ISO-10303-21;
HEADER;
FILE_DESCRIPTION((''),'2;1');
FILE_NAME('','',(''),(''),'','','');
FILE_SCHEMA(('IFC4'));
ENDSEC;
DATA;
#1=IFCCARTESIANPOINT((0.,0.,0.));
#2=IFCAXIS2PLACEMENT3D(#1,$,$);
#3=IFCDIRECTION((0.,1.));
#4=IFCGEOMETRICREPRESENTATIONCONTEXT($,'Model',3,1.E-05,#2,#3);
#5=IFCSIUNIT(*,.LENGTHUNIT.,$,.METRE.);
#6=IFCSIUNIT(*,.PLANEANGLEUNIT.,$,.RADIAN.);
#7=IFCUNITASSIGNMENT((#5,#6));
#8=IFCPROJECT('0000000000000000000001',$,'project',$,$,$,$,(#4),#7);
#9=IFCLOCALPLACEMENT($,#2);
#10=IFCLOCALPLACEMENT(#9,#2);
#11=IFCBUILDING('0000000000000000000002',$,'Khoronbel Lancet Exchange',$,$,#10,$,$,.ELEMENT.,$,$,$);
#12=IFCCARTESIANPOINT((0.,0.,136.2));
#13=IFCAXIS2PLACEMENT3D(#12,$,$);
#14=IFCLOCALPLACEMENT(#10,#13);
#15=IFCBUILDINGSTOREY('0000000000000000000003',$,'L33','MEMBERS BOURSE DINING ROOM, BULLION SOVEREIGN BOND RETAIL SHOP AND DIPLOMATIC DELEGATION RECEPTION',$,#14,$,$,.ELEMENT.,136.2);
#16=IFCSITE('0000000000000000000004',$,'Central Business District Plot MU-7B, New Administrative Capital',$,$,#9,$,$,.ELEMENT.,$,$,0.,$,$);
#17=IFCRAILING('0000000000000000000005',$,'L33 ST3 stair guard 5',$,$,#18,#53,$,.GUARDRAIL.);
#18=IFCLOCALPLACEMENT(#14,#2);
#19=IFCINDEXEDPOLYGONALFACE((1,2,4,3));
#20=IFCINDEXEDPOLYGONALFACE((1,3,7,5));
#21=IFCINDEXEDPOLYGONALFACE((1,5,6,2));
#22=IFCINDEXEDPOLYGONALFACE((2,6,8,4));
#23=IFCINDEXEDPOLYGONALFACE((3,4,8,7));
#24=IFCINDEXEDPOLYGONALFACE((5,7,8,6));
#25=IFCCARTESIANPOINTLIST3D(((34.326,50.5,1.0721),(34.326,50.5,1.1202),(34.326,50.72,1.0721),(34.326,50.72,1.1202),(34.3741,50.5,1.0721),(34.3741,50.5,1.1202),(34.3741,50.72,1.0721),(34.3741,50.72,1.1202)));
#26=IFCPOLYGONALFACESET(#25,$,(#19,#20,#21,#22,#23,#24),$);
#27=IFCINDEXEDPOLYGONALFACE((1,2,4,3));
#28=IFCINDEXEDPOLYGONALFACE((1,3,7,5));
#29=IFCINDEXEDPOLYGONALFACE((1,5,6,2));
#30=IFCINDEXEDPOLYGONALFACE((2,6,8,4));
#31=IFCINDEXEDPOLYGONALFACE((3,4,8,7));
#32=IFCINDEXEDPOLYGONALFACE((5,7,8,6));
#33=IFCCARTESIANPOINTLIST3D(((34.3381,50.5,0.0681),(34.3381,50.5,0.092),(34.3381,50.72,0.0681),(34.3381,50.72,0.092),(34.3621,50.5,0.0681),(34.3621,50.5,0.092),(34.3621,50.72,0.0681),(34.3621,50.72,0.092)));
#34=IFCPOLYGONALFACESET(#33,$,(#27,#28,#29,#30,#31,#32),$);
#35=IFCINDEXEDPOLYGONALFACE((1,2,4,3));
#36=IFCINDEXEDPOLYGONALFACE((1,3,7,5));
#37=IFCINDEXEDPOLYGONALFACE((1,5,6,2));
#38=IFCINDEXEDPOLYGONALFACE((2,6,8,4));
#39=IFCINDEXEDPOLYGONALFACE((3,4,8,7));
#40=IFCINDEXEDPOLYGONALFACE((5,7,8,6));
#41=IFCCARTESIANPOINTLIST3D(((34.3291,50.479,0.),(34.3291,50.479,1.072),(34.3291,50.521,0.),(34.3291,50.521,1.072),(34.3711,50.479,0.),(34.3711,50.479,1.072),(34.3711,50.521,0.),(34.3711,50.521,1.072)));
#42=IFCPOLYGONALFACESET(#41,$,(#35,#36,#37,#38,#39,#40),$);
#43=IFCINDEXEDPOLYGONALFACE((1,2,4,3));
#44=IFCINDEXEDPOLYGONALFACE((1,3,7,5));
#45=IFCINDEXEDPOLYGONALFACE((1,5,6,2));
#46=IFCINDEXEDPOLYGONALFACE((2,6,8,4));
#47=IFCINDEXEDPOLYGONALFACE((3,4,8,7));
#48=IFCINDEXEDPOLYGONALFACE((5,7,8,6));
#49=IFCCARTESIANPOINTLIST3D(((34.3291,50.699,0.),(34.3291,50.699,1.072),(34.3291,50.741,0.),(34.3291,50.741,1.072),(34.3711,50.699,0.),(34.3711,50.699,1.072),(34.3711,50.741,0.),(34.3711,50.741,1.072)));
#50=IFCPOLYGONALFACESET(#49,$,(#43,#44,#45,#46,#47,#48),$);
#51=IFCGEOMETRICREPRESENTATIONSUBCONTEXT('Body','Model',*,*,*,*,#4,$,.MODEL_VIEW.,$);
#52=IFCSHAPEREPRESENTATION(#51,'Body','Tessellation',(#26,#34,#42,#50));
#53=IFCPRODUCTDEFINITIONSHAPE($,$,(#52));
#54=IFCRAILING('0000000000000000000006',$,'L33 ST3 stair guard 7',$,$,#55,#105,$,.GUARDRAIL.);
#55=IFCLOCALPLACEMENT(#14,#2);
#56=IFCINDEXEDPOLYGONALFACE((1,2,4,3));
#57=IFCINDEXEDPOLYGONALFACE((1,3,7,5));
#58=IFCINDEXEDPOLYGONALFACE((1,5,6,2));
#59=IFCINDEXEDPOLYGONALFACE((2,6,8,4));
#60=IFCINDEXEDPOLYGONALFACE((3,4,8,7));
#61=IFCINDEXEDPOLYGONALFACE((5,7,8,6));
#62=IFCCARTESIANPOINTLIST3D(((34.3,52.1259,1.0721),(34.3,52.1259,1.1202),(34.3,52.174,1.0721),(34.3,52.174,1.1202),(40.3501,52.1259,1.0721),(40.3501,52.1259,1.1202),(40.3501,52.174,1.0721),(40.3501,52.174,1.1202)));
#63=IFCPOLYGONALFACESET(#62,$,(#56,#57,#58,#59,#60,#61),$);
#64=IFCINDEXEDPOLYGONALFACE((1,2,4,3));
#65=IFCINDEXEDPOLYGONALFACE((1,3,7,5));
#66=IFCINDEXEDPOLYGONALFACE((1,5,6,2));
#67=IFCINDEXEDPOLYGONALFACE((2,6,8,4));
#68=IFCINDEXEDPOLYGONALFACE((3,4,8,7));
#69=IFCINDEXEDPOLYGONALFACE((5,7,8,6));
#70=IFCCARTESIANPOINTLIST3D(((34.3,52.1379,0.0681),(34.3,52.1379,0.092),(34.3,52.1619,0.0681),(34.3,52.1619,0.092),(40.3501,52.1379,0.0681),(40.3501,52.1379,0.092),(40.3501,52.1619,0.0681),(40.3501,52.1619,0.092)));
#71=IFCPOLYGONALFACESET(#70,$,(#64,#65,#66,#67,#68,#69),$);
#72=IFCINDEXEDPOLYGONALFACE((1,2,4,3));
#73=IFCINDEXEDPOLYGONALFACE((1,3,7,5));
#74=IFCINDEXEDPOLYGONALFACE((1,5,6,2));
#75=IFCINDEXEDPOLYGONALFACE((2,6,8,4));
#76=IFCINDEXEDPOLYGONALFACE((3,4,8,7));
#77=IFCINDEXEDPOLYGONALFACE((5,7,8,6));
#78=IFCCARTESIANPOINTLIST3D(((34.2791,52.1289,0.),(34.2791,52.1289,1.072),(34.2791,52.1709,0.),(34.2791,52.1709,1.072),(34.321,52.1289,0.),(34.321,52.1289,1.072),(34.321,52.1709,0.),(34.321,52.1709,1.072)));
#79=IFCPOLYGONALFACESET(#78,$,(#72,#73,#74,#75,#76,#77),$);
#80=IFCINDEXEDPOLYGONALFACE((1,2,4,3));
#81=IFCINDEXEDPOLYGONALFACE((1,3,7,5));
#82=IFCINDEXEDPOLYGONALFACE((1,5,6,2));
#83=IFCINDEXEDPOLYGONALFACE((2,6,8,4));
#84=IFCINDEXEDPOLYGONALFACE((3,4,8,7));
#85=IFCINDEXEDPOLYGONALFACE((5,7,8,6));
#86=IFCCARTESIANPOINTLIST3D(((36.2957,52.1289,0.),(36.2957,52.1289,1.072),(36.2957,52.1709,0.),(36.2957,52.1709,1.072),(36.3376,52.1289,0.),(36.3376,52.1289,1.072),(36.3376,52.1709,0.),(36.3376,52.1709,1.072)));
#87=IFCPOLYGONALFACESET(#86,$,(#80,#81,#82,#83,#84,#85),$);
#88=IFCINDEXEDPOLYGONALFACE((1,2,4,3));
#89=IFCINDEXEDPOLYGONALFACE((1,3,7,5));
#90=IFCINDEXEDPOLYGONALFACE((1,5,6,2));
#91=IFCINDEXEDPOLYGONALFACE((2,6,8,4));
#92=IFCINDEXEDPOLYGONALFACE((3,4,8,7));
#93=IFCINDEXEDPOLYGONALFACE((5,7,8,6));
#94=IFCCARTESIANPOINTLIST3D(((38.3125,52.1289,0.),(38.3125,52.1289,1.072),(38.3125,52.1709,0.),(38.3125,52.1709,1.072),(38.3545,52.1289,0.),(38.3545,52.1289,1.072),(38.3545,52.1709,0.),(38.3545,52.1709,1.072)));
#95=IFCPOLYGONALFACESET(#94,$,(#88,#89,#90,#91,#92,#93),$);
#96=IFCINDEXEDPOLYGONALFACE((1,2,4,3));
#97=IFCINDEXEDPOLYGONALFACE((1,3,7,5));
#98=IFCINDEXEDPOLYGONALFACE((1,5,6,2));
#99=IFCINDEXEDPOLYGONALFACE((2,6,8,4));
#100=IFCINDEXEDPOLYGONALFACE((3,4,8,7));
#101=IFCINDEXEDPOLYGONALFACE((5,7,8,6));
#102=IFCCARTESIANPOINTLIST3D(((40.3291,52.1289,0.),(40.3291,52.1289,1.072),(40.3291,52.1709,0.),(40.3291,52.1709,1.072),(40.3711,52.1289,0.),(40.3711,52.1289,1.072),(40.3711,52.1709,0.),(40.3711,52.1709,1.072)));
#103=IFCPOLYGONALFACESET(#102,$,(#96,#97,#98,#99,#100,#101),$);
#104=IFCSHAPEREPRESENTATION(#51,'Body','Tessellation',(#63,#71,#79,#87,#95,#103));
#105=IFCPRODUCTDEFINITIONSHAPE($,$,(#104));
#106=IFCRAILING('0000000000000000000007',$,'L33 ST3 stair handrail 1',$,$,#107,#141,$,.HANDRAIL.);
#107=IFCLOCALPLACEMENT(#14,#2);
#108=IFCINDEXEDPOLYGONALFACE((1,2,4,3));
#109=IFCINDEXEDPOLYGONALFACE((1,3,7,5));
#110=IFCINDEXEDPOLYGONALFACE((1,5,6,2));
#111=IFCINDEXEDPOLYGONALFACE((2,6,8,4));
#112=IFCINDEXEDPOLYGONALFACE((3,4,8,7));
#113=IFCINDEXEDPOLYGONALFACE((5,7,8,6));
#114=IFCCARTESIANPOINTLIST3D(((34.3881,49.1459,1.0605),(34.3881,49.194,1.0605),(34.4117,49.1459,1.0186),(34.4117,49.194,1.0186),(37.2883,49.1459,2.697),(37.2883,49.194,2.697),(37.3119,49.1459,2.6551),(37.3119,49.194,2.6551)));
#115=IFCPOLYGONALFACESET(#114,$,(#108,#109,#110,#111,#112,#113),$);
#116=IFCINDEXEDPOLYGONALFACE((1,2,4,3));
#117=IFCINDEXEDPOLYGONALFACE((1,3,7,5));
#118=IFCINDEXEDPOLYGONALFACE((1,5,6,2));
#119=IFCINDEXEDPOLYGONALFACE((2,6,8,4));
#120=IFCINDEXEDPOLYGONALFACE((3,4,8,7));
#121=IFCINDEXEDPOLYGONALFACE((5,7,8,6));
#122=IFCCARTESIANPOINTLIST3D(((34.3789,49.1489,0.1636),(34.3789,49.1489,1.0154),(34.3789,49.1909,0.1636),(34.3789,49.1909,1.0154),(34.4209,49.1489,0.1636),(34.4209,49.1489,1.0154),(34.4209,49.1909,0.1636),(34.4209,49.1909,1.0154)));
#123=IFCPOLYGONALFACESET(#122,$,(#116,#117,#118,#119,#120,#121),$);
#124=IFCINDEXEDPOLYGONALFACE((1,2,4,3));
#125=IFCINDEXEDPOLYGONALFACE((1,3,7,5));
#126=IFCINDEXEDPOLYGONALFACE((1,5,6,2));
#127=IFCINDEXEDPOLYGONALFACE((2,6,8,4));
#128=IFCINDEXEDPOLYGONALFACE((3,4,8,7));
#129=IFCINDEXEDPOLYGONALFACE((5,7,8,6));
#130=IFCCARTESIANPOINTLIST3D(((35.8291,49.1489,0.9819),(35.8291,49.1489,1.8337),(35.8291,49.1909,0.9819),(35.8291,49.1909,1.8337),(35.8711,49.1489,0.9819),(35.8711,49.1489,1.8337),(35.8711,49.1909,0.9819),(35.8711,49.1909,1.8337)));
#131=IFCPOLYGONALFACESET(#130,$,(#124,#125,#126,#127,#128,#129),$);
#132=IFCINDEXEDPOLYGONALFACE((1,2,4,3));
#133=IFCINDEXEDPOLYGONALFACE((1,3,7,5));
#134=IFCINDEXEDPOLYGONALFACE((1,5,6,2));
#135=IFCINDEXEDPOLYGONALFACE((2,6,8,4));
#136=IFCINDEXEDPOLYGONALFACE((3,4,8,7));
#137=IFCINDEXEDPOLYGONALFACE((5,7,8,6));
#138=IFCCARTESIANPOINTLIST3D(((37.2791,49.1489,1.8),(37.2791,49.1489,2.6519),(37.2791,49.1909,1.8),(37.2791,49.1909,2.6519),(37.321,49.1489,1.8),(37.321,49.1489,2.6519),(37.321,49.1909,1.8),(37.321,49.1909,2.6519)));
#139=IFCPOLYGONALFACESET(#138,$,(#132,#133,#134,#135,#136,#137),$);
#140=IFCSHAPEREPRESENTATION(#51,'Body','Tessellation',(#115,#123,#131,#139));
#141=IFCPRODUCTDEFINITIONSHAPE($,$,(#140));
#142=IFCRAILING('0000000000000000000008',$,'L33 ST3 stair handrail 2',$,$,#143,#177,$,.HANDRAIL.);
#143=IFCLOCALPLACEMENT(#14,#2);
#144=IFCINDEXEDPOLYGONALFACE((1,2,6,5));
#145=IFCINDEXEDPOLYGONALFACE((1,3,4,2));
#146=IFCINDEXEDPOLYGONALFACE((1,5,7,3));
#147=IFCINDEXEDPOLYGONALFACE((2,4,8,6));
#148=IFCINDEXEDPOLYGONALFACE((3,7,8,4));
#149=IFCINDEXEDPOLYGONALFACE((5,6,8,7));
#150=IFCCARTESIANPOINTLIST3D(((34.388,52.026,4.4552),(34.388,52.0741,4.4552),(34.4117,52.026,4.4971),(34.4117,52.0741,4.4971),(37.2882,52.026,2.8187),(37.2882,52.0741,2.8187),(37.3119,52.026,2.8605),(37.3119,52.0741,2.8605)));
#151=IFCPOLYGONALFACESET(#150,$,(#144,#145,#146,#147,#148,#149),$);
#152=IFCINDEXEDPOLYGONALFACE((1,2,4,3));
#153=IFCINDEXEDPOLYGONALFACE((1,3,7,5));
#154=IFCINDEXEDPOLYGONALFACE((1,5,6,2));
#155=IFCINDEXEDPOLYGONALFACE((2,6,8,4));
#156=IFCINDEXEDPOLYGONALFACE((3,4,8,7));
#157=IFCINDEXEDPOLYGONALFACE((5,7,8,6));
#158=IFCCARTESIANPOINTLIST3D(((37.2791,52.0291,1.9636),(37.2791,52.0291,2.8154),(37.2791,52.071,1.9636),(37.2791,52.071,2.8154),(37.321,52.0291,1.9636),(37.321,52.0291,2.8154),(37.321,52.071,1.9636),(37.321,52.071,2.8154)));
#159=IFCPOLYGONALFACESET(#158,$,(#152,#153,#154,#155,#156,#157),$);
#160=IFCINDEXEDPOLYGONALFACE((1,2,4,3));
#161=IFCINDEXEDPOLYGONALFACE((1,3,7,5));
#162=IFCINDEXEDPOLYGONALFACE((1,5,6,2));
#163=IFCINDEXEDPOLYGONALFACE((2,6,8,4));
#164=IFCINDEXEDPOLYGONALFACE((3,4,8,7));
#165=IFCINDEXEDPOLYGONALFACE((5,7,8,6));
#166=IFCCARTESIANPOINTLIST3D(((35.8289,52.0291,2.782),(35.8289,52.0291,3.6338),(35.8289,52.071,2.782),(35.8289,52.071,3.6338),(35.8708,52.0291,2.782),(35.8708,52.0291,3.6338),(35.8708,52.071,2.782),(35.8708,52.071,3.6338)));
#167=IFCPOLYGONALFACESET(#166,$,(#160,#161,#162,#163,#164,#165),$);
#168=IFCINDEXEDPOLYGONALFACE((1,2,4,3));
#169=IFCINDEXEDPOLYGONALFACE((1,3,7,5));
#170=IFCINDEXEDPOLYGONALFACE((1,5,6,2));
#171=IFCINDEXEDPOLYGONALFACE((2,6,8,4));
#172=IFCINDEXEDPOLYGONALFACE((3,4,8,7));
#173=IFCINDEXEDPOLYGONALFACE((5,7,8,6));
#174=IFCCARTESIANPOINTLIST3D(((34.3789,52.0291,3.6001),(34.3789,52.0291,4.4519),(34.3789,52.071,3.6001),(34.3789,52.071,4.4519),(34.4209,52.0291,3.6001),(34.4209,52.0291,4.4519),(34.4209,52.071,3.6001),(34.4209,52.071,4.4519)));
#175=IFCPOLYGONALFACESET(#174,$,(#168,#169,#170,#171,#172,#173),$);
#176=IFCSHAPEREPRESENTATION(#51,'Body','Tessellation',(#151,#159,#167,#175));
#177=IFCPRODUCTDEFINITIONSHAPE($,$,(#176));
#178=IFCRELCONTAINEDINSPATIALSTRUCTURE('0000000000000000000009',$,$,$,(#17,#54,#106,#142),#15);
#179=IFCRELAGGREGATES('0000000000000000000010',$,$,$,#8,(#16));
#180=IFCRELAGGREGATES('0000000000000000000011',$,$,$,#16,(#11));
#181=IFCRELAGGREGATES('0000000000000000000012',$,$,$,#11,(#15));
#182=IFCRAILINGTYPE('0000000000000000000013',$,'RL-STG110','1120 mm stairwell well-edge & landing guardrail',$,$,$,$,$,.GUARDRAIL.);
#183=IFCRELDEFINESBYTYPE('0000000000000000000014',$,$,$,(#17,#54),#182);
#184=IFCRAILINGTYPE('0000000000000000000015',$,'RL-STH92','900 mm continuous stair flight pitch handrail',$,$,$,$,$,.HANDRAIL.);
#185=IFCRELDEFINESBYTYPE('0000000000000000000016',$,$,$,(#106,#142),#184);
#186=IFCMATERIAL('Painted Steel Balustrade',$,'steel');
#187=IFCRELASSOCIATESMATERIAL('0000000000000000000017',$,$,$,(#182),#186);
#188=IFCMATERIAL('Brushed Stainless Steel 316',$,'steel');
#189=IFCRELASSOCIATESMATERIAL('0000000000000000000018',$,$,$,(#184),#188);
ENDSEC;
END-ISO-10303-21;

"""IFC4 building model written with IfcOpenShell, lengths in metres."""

from ifc_helpers import new_model, si_unit, direction, frame, origin, origin_2d, place, context, subcontext, project, spatial, rectangle, extrude, material, type_object, element, save


model = new_model("IFC4")

# Units and contexts
model_context = context("Model", 3, precision=1e-05, world=origin(), true_north=direction((0.0, 1.0)))
body_context = subcontext(model_context, "Body", "Model", "MODEL_VIEW")
ifc_project = project(units=[si_unit("LENGTHUNIT", "METRE"), si_unit("PLANEANGLEUNIT", "RADIAN")], contexts=[model_context])

# Site, building, storey
site_placement = place(None, origin())
site = spatial("IfcSite", under=ifc_project, at=site_placement, Name="Central Business District Plot MU-7B, New Administrative Capital", CompositionType="ELEMENT", RefElevation=0.0)
building_placement = place(site_placement, origin())
building = spatial("IfcBuilding", under=site, at=building_placement, Name="Khoronbel Lancet Exchange", CompositionType="ELEMENT")
storey_placement = place(building_placement, frame((0.0, 0.0, 136.2)))
storey = spatial("IfcBuildingStorey", under=building, at=storey_placement, Name="L33", Description="MEMBERS BOURSE DINING ROOM, BULLION SOVEREIGN BOND RETAIL SHOP AND DIPLOMATIC DELEGATION RECEPTION", CompositionType="ELEMENT", Elevation=136.2)

# Railings
ifc_material_1 = material(Name="Painted Steel Balustrade", Category="steel")
railing_type_1 = type_object("IfcRailingType", Name="RL-STG110", Description="1120 mm stairwell well-edge & landing guardrail", PredefinedType="GUARDRAIL", material=ifc_material_1)
railing_1_placement = place(storey_placement, frame((34.3501, 50.5, 0.0)))
element("IfcRailing", 1, at=railing_1_placement, inside=storey, type_object=railing_type_1, Name="L33 ST3 stair guard 5", PredefinedType="GUARDRAIL", context=body_context, shape_type="SweptSolid", body=[
    extrude(rectangle(XDim=0.0481, YDim=0.0481, at=origin_2d()), frame((0.0, 0.0, 1.0962), z_axis=(0.0, 1.0, 0.0), x_axis=(-1.0, 0.0, 0.0)), (0.0, 0.0, 1.0), 0.22),
    extrude(rectangle(XDim=0.0239, YDim=0.0239, at=origin_2d()), frame((0.0, 0.0, 0.0801), z_axis=(0.0, 1.0, 0.0), x_axis=(-1.0, 0.0, 0.0)), (0.0, 0.0, 1.0), 0.22),
    extrude(rectangle(XDim=0.042, YDim=0.042, at=origin_2d()), origin(), (0.0, 0.0, 1.0), 1.072),
    extrude(rectangle(XDim=0.042, YDim=0.042, at=origin_2d()), frame((0.0, 0.22, 0.0)), (0.0, 0.0, 1.0), 1.072),
])
railing_2_placement = place(storey_placement, frame((34.3, 52.1499, 0.0)))
element("IfcRailing", 2, at=railing_2_placement, inside=storey, type_object=railing_type_1, Name="L33 ST3 stair guard 7", PredefinedType="GUARDRAIL", context=body_context, shape_type="SweptSolid", body=[
    extrude(rectangle(XDim=0.0481, YDim=0.0481, at=origin_2d()), frame((0.0, 0.0, 1.0962), z_axis=(1.0, 0.0, 0.0), x_axis=(0.0, 1.0, 0.0)), (0.0, 0.0, 1.0), 6.05),
    extrude(rectangle(XDim=0.0239, YDim=0.0239, at=origin_2d()), frame((0.0, 0.0, 0.0801), z_axis=(1.0, 0.0, 0.0), x_axis=(0.0, 1.0, 0.0)), (0.0, 0.0, 1.0), 6.05),
    extrude(rectangle(XDim=0.042, YDim=0.042, at=origin_2d()), origin(), (0.0, 0.0, 1.0), 1.072),
    extrude(rectangle(XDim=0.042, YDim=0.042, at=origin_2d()), frame((2.0166, 0.0, 0.0)), (0.0, 0.0, 1.0), 1.072),
    extrude(rectangle(XDim=0.042, YDim=0.042, at=origin_2d()), frame((4.0334, 0.0, 0.0)), (0.0, 0.0, 1.0), 1.072),
    extrude(rectangle(XDim=0.042, YDim=0.042, at=origin_2d()), frame((6.05, 0.0, 0.0)), (0.0, 0.0, 1.0), 1.072),
])
ifc_material_2 = material(Name="Brushed Stainless Steel 316", Category="steel")
railing_type_2 = type_object("IfcRailingType", Name="RL-STH92", Description="900 mm continuous stair flight pitch handrail", PredefinedType="HANDRAIL", material=ifc_material_2)
railing_3_placement = place(storey_placement, frame((34.3999, 49.1699, 0.1636)))
element("IfcRailing", 3, at=railing_3_placement, inside=storey, type_object=railing_type_2, Name="L33 ST3 stair handrail 1", PredefinedType="HANDRAIL", context=body_context, shape_type="SweptSolid", body=[
    extrude(rectangle(XDim=0.0481, YDim=0.0481, at=origin_2d()), frame((0.0, 0.0, 0.876), z_axis=(0.870915, 0.0, 0.491434), x_axis=(0.0, 1.0, 0.0)), (0.0, 0.0, 1.0), 3.3301),
    extrude(rectangle(XDim=0.042, YDim=0.042, at=origin_2d()), origin(), (0.0, 0.0, 1.0), 0.8518),
    extrude(rectangle(XDim=0.042, YDim=0.042, at=origin_2d()), frame((1.4502, 0.0, 0.8184)), (0.0, 0.0, 1.0), 0.8518),
    extrude(rectangle(XDim=0.042, YDim=0.042, at=origin_2d()), frame((2.9001, 0.0, 1.6365)), (0.0, 0.0, 1.0), 0.8518),
])
railing_4_placement = place(storey_placement, frame((37.3, 52.05, 1.9636)))
element("IfcRailing", 4, at=railing_4_placement, inside=storey, type_object=railing_type_2, Name="L33 ST3 stair handrail 2", PredefinedType="HANDRAIL", context=body_context, shape_type="SweptSolid", body=[
    extrude(rectangle(XDim=0.0481, YDim=0.0481, at=origin_2d()), frame((0.0, 0.0, 0.876), z_axis=(-0.870915, 0.0, 0.491434), x_axis=(0.0, -1.0, 0.0)), (0.0, 0.0, 1.0), 3.3301),
    extrude(rectangle(XDim=0.042, YDim=0.042, at=origin_2d()), origin(), (0.0, 0.0, 1.0), 0.8518),
    extrude(rectangle(XDim=0.042, YDim=0.042, at=origin_2d()), frame((-1.4502, 0.0, 0.8184)), (0.0, 0.0, 1.0), 0.8518),
    extrude(rectangle(XDim=0.042, YDim=0.042, at=origin_2d()), frame((-2.9001, 0.0, 1.6365)), (0.0, 0.0, 1.0), 0.8518),
])

save(model, "model.ifc")
